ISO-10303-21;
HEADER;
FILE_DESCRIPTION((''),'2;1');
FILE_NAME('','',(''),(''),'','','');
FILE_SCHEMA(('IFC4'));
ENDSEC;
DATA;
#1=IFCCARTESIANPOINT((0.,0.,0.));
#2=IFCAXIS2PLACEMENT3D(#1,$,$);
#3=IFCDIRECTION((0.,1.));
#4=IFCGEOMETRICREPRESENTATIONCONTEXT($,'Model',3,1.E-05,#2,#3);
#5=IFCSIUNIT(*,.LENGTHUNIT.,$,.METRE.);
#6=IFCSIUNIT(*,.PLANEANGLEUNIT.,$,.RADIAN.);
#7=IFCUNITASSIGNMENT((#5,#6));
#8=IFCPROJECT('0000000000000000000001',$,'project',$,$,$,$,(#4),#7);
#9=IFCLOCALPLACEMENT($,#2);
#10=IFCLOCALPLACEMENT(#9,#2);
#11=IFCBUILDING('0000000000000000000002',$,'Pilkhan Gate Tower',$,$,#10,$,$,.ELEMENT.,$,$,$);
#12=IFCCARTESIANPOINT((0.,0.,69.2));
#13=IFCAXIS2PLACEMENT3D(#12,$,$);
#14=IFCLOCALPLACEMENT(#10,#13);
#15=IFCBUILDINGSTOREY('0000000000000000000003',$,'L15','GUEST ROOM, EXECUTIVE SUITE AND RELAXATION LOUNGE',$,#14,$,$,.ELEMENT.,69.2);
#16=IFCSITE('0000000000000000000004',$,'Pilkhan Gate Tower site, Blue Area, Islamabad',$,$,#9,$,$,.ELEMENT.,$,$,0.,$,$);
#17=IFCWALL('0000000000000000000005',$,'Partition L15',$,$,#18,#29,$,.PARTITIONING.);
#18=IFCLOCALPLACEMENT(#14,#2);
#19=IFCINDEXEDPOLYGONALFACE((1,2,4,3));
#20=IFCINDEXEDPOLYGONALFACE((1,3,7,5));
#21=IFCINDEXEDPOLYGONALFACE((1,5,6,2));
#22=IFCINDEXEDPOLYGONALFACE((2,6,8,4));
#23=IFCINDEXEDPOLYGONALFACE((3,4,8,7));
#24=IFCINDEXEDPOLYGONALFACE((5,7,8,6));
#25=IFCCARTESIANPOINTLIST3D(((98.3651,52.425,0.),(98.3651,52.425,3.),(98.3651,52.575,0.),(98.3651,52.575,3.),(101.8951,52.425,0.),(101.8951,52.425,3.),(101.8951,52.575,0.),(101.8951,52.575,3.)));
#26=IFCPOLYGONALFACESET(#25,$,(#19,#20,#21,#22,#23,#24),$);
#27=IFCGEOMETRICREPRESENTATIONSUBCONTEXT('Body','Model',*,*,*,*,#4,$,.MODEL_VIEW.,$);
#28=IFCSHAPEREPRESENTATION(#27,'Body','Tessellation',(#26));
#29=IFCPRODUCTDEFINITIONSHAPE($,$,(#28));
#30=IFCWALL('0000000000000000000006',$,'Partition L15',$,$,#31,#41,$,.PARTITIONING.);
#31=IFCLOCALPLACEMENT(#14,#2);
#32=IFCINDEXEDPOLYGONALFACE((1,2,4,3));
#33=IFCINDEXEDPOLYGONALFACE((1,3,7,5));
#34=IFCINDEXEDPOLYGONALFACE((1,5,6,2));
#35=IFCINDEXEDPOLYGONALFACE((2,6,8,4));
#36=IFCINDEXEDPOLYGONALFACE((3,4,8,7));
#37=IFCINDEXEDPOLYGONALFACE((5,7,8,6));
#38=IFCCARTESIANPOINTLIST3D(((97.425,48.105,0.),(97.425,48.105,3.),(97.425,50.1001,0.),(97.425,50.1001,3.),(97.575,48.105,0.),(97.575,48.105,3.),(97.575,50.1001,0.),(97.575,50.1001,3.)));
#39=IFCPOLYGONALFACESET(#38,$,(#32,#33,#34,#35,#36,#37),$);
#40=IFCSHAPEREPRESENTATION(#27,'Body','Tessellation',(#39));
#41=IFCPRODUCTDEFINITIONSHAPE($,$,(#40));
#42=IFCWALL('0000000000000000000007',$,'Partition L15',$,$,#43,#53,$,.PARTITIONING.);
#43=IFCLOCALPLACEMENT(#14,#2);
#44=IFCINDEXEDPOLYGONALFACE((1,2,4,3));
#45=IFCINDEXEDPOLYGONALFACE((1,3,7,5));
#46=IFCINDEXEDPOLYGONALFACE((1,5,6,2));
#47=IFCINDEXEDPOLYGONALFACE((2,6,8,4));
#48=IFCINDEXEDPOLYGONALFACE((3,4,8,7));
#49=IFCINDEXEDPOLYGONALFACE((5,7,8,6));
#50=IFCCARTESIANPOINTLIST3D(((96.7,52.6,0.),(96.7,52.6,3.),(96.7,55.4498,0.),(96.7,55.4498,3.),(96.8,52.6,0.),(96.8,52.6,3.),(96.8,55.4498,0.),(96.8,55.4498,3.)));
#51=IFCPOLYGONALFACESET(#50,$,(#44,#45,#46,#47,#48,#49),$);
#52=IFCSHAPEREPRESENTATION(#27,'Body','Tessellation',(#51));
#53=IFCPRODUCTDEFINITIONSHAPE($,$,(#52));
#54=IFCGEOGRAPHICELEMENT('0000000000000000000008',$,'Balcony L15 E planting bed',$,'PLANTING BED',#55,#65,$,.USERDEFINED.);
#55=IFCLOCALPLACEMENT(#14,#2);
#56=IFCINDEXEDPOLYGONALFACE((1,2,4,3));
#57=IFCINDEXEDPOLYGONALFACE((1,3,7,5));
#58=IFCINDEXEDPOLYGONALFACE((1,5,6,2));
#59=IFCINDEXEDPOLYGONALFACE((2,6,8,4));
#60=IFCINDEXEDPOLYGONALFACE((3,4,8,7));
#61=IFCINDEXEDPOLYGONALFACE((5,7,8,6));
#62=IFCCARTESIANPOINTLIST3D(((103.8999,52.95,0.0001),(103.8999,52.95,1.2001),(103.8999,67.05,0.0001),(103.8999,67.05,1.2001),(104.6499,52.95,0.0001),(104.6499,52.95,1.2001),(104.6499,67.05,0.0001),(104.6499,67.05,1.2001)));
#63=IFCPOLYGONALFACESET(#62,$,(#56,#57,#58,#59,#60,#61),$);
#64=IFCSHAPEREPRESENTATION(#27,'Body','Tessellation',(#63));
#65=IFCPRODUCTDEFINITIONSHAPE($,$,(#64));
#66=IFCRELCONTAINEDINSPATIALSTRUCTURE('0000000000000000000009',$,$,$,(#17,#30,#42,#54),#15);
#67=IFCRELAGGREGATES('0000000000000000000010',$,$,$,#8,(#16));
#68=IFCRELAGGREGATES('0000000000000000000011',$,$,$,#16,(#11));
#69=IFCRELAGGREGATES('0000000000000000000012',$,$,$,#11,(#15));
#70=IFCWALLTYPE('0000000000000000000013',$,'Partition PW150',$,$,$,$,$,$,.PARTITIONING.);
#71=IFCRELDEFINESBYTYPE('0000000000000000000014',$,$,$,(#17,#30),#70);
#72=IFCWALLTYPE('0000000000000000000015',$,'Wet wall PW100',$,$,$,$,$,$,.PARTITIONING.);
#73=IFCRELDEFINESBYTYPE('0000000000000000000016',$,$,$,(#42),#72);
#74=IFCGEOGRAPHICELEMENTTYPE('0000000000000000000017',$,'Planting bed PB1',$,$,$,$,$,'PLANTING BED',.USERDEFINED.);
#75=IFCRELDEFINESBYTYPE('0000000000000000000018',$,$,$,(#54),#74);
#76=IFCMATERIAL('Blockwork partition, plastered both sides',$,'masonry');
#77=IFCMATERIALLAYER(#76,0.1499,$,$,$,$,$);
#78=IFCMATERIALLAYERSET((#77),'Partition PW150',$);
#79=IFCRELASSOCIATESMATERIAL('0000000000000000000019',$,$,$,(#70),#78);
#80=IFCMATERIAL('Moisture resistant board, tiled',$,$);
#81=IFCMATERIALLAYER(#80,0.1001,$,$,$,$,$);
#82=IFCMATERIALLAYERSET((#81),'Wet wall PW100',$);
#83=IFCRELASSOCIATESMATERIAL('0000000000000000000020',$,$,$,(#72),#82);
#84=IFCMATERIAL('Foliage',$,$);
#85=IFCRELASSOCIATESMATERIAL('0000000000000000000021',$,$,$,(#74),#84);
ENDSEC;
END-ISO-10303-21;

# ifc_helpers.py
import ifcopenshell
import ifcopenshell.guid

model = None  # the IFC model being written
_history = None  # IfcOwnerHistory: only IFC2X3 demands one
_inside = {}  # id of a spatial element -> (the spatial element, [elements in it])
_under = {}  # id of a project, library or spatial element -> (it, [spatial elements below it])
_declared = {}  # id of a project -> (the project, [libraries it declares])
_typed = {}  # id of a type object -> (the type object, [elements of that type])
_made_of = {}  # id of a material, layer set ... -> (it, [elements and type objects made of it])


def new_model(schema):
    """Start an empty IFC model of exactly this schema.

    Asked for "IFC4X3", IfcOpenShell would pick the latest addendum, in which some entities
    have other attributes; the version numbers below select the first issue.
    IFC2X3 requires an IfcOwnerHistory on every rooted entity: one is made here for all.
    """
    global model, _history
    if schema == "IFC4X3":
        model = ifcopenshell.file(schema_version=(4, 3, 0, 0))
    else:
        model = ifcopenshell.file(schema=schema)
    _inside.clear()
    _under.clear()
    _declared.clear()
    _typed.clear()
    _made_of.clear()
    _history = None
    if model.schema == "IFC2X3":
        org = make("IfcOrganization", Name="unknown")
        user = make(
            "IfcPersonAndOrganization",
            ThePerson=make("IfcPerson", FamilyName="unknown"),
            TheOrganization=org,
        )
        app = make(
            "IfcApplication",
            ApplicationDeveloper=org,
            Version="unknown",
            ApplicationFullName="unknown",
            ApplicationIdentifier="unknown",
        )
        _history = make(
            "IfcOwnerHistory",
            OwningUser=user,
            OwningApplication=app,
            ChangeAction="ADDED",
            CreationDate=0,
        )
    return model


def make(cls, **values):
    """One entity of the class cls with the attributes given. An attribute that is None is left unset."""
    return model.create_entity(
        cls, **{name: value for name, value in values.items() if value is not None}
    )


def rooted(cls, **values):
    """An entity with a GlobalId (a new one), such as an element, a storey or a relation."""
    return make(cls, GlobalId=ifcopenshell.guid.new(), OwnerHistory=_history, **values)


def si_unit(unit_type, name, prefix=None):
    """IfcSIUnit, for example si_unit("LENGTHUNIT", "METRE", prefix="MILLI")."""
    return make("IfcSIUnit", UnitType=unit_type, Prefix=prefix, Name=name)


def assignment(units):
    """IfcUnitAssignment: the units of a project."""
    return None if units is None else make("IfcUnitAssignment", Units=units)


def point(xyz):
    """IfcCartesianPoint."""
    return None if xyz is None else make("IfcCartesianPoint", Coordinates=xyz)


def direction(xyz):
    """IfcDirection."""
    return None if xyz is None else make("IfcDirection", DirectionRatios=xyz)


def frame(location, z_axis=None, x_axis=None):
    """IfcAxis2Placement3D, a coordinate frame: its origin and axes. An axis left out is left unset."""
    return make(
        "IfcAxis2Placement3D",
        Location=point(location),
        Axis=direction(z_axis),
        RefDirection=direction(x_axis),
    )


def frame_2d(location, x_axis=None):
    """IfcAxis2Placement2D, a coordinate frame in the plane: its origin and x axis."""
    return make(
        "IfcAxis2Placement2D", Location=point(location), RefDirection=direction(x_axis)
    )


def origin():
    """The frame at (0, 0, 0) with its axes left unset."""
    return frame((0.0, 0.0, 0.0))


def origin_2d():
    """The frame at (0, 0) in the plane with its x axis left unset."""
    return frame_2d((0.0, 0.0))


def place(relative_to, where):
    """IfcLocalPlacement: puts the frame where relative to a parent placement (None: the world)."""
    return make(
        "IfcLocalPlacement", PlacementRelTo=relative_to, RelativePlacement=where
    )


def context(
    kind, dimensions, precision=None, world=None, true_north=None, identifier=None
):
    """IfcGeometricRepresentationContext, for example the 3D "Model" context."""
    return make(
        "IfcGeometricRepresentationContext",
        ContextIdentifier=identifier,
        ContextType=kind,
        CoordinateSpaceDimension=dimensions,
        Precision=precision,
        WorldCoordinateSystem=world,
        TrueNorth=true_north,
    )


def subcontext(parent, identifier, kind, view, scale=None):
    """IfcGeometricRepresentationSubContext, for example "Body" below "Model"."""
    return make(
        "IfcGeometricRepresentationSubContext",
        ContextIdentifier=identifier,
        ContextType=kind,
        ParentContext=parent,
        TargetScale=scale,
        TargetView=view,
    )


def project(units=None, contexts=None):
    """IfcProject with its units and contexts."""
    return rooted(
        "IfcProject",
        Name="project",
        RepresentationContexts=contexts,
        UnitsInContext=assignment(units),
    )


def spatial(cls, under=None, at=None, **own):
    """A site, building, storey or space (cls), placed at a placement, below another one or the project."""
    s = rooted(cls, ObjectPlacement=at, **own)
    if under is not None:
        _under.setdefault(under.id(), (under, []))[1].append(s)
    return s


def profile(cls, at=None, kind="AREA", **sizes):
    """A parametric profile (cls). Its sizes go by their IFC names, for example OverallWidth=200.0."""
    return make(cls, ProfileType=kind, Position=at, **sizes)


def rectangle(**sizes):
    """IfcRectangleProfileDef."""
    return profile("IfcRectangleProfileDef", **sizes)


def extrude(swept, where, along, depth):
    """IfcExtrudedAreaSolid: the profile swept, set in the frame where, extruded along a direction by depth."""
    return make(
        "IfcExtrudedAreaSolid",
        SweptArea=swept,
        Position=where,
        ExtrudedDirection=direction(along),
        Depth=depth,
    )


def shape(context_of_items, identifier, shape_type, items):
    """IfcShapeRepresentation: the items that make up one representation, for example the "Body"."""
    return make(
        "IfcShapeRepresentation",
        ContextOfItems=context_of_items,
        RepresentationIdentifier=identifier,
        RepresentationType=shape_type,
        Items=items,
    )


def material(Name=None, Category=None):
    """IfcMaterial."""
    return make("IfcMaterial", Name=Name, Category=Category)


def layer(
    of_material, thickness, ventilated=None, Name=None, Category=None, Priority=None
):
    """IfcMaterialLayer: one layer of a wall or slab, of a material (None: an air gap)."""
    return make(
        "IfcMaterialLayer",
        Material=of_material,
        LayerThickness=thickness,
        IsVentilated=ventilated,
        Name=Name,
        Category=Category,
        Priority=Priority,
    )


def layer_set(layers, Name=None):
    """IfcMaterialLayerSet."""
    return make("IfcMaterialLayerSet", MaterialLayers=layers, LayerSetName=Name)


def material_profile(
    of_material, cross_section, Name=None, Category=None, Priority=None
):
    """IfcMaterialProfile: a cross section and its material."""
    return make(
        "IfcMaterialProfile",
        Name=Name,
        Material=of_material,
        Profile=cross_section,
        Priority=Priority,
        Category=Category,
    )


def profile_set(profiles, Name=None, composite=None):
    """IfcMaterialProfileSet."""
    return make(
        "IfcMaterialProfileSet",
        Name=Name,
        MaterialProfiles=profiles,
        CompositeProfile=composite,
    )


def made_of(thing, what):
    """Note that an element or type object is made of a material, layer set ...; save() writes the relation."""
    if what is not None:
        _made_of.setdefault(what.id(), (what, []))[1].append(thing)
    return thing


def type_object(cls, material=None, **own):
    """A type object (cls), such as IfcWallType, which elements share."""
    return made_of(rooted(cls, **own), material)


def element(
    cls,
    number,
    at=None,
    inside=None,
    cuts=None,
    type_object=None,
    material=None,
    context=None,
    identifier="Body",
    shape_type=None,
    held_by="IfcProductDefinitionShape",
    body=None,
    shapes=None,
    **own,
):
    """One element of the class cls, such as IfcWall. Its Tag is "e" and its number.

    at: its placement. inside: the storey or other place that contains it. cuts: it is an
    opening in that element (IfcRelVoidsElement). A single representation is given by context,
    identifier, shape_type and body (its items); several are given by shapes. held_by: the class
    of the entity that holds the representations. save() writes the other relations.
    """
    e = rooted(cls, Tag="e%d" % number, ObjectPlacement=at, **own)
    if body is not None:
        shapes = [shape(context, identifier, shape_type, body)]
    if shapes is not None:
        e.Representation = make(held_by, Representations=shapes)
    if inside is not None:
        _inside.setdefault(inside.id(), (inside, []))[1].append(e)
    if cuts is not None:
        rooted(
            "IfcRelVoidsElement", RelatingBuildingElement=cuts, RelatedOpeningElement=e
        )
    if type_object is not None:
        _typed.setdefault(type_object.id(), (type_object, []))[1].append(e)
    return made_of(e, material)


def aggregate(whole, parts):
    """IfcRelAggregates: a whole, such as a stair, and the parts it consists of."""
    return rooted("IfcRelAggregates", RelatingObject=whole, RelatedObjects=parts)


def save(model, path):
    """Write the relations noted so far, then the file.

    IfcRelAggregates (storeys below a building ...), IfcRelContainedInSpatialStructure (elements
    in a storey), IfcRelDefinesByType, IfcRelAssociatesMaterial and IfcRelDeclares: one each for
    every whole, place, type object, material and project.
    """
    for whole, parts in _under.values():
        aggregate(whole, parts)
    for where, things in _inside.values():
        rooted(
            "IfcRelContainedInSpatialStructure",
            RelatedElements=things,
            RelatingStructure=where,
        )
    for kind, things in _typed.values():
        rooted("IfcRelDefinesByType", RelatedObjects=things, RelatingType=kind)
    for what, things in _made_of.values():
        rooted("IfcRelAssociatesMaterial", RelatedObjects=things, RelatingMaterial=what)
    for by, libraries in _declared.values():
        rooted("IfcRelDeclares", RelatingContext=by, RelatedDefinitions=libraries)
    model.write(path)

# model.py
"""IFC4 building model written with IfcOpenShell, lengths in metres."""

from ifc_helpers import new_model, si_unit, direction, frame, frame_2d, origin, origin_2d, place, context, subcontext, project, spatial, rectangle, extrude, material, layer, layer_set, material_profile, profile_set, type_object, element, save


model = new_model("IFC4")

# Units and contexts
model_context = context("Model", 3, precision=1e-05, world=origin(), true_north=direction((0.0, 1.0)))
body_context = subcontext(model_context, "Body", "Model", "MODEL_VIEW")
ifc_project = project(units=[si_unit("LENGTHUNIT", "METRE"), si_unit("PLANEANGLEUNIT", "RADIAN")], contexts=[model_context])

# Site, building, storey
site_placement = place(None, origin())
site = spatial("IfcSite", under=ifc_project, at=site_placement, Name="Pilkhan Gate Tower site, Blue Area, Islamabad", CompositionType="ELEMENT", RefElevation=0.0)
building_placement = place(site_placement, origin())
building = spatial("IfcBuilding", under=site, at=building_placement, Name="Pilkhan Gate Tower", CompositionType="ELEMENT")
storey_placement = place(building_placement, frame((0.0, 0.0, 69.2)))
storey = spatial("IfcBuildingStorey", under=building, at=storey_placement, Name="L15", Description="GUEST ROOM, EXECUTIVE SUITE AND RELAXATION LOUNGE", CompositionType="ELEMENT", Elevation=69.2)

# Walls
ifc_material_1 = material(Name="Blockwork partition, plastered both sides", Category="masonry")
ifc_layer_1 = layer(ifc_material_1, 0.1499)
ifc_layer_set_1 = layer_set([ifc_layer_1], Name="Partition PW150")
wall_type_1 = type_object("IfcWallType", Name="Partition PW150", PredefinedType="PARTITIONING", material=ifc_layer_set_1)
wall_1_placement = place(storey_placement, frame((98.365, 52.5, 0.0), z_axis=(0.0, 0.0, 1.0), x_axis=(1.0, 0.0, 0.0)))
element("IfcWall", 1, at=wall_1_placement, inside=storey, type_object=wall_type_1, Name="Partition L15", PredefinedType="PARTITIONING", context=body_context, shape_type="SweptSolid", body=[
    extrude(rectangle(XDim=3.53, YDim=0.1499, at=frame_2d((1.7651, 0.0))), origin(), (0.0, 0.0, 1.0), 3.0),
])
wall_2_placement = place(storey_placement, frame((97.5, 48.105, 0.0), z_axis=(0.0, 0.0, 1.0), x_axis=(0.0, 1.0, 0.0)))
element("IfcWall", 2, at=wall_2_placement, inside=storey, type_object=wall_type_1, Name="Partition L15", PredefinedType="PARTITIONING", context=body_context, shape_type="SweptSolid", body=[
    extrude(rectangle(XDim=1.9951, YDim=0.1499, at=frame_2d((0.9976, 0.0))), origin(), (0.0, 0.0, 1.0), 3.0),
])
ifc_material_2 = material(Name="Moisture resistant board, tiled")
ifc_layer_2 = layer(ifc_material_2, 0.1001)
ifc_layer_set_2 = layer_set([ifc_layer_2], Name="Wet wall PW100")
wall_type_2 = type_object("IfcWallType", Name="Wet wall PW100", PredefinedType="PARTITIONING", material=ifc_layer_set_2)
wall_3_placement = place(storey_placement, frame((96.75, 52.6001, 0.0), z_axis=(0.0, 0.0, 1.0), x_axis=(0.0, 1.0, 0.0)))
element("IfcWall", 3, at=wall_3_placement, inside=storey, type_object=wall_type_2, Name="Partition L15", PredefinedType="PARTITIONING", context=body_context, shape_type="SweptSolid", body=[
    extrude(rectangle(XDim=2.8499, YDim=0.1001, at=frame_2d((1.4248, 0.0))), origin(), (0.0, 0.0, 1.0), 3.0),
])

# Geographic element
ifc_material_3 = material(Name="Foliage")
ifc_material_profile_1 = material_profile(ifc_material_3, rectangle(XDim=0.75, YDim=1.2, at=origin_2d()), Name="Bed 750x1200")
ifc_profile_set_1 = profile_set([ifc_material_profile_1], Name="Foliage")
geographic_element_type = type_object("IfcGeographicElementType", Name="Planting bed PB1", ElementType="PLANTING BED", PredefinedType="USERDEFINED", material=ifc_profile_set_1)
geographic_element_placement = place(storey_placement, frame((104.2749, 52.95, 0.6001), z_axis=(0.0, 1.0, 0.0), x_axis=(-1.0, 0.0, 0.0)))
element("IfcGeographicElement", 4, at=geographic_element_placement, inside=storey, type_object=geographic_element_type, Name="Balcony L15 E planting bed", ObjectType="PLANTING BED", PredefinedType="USERDEFINED", context=body_context, shape_type="SweptSolid", body=[
    extrude(rectangle(XDim=0.75, YDim=1.2, at=origin_2d()), origin(), (0.0, 0.0, 1.0), 14.1001),
])

save(model, "model.ifc")
